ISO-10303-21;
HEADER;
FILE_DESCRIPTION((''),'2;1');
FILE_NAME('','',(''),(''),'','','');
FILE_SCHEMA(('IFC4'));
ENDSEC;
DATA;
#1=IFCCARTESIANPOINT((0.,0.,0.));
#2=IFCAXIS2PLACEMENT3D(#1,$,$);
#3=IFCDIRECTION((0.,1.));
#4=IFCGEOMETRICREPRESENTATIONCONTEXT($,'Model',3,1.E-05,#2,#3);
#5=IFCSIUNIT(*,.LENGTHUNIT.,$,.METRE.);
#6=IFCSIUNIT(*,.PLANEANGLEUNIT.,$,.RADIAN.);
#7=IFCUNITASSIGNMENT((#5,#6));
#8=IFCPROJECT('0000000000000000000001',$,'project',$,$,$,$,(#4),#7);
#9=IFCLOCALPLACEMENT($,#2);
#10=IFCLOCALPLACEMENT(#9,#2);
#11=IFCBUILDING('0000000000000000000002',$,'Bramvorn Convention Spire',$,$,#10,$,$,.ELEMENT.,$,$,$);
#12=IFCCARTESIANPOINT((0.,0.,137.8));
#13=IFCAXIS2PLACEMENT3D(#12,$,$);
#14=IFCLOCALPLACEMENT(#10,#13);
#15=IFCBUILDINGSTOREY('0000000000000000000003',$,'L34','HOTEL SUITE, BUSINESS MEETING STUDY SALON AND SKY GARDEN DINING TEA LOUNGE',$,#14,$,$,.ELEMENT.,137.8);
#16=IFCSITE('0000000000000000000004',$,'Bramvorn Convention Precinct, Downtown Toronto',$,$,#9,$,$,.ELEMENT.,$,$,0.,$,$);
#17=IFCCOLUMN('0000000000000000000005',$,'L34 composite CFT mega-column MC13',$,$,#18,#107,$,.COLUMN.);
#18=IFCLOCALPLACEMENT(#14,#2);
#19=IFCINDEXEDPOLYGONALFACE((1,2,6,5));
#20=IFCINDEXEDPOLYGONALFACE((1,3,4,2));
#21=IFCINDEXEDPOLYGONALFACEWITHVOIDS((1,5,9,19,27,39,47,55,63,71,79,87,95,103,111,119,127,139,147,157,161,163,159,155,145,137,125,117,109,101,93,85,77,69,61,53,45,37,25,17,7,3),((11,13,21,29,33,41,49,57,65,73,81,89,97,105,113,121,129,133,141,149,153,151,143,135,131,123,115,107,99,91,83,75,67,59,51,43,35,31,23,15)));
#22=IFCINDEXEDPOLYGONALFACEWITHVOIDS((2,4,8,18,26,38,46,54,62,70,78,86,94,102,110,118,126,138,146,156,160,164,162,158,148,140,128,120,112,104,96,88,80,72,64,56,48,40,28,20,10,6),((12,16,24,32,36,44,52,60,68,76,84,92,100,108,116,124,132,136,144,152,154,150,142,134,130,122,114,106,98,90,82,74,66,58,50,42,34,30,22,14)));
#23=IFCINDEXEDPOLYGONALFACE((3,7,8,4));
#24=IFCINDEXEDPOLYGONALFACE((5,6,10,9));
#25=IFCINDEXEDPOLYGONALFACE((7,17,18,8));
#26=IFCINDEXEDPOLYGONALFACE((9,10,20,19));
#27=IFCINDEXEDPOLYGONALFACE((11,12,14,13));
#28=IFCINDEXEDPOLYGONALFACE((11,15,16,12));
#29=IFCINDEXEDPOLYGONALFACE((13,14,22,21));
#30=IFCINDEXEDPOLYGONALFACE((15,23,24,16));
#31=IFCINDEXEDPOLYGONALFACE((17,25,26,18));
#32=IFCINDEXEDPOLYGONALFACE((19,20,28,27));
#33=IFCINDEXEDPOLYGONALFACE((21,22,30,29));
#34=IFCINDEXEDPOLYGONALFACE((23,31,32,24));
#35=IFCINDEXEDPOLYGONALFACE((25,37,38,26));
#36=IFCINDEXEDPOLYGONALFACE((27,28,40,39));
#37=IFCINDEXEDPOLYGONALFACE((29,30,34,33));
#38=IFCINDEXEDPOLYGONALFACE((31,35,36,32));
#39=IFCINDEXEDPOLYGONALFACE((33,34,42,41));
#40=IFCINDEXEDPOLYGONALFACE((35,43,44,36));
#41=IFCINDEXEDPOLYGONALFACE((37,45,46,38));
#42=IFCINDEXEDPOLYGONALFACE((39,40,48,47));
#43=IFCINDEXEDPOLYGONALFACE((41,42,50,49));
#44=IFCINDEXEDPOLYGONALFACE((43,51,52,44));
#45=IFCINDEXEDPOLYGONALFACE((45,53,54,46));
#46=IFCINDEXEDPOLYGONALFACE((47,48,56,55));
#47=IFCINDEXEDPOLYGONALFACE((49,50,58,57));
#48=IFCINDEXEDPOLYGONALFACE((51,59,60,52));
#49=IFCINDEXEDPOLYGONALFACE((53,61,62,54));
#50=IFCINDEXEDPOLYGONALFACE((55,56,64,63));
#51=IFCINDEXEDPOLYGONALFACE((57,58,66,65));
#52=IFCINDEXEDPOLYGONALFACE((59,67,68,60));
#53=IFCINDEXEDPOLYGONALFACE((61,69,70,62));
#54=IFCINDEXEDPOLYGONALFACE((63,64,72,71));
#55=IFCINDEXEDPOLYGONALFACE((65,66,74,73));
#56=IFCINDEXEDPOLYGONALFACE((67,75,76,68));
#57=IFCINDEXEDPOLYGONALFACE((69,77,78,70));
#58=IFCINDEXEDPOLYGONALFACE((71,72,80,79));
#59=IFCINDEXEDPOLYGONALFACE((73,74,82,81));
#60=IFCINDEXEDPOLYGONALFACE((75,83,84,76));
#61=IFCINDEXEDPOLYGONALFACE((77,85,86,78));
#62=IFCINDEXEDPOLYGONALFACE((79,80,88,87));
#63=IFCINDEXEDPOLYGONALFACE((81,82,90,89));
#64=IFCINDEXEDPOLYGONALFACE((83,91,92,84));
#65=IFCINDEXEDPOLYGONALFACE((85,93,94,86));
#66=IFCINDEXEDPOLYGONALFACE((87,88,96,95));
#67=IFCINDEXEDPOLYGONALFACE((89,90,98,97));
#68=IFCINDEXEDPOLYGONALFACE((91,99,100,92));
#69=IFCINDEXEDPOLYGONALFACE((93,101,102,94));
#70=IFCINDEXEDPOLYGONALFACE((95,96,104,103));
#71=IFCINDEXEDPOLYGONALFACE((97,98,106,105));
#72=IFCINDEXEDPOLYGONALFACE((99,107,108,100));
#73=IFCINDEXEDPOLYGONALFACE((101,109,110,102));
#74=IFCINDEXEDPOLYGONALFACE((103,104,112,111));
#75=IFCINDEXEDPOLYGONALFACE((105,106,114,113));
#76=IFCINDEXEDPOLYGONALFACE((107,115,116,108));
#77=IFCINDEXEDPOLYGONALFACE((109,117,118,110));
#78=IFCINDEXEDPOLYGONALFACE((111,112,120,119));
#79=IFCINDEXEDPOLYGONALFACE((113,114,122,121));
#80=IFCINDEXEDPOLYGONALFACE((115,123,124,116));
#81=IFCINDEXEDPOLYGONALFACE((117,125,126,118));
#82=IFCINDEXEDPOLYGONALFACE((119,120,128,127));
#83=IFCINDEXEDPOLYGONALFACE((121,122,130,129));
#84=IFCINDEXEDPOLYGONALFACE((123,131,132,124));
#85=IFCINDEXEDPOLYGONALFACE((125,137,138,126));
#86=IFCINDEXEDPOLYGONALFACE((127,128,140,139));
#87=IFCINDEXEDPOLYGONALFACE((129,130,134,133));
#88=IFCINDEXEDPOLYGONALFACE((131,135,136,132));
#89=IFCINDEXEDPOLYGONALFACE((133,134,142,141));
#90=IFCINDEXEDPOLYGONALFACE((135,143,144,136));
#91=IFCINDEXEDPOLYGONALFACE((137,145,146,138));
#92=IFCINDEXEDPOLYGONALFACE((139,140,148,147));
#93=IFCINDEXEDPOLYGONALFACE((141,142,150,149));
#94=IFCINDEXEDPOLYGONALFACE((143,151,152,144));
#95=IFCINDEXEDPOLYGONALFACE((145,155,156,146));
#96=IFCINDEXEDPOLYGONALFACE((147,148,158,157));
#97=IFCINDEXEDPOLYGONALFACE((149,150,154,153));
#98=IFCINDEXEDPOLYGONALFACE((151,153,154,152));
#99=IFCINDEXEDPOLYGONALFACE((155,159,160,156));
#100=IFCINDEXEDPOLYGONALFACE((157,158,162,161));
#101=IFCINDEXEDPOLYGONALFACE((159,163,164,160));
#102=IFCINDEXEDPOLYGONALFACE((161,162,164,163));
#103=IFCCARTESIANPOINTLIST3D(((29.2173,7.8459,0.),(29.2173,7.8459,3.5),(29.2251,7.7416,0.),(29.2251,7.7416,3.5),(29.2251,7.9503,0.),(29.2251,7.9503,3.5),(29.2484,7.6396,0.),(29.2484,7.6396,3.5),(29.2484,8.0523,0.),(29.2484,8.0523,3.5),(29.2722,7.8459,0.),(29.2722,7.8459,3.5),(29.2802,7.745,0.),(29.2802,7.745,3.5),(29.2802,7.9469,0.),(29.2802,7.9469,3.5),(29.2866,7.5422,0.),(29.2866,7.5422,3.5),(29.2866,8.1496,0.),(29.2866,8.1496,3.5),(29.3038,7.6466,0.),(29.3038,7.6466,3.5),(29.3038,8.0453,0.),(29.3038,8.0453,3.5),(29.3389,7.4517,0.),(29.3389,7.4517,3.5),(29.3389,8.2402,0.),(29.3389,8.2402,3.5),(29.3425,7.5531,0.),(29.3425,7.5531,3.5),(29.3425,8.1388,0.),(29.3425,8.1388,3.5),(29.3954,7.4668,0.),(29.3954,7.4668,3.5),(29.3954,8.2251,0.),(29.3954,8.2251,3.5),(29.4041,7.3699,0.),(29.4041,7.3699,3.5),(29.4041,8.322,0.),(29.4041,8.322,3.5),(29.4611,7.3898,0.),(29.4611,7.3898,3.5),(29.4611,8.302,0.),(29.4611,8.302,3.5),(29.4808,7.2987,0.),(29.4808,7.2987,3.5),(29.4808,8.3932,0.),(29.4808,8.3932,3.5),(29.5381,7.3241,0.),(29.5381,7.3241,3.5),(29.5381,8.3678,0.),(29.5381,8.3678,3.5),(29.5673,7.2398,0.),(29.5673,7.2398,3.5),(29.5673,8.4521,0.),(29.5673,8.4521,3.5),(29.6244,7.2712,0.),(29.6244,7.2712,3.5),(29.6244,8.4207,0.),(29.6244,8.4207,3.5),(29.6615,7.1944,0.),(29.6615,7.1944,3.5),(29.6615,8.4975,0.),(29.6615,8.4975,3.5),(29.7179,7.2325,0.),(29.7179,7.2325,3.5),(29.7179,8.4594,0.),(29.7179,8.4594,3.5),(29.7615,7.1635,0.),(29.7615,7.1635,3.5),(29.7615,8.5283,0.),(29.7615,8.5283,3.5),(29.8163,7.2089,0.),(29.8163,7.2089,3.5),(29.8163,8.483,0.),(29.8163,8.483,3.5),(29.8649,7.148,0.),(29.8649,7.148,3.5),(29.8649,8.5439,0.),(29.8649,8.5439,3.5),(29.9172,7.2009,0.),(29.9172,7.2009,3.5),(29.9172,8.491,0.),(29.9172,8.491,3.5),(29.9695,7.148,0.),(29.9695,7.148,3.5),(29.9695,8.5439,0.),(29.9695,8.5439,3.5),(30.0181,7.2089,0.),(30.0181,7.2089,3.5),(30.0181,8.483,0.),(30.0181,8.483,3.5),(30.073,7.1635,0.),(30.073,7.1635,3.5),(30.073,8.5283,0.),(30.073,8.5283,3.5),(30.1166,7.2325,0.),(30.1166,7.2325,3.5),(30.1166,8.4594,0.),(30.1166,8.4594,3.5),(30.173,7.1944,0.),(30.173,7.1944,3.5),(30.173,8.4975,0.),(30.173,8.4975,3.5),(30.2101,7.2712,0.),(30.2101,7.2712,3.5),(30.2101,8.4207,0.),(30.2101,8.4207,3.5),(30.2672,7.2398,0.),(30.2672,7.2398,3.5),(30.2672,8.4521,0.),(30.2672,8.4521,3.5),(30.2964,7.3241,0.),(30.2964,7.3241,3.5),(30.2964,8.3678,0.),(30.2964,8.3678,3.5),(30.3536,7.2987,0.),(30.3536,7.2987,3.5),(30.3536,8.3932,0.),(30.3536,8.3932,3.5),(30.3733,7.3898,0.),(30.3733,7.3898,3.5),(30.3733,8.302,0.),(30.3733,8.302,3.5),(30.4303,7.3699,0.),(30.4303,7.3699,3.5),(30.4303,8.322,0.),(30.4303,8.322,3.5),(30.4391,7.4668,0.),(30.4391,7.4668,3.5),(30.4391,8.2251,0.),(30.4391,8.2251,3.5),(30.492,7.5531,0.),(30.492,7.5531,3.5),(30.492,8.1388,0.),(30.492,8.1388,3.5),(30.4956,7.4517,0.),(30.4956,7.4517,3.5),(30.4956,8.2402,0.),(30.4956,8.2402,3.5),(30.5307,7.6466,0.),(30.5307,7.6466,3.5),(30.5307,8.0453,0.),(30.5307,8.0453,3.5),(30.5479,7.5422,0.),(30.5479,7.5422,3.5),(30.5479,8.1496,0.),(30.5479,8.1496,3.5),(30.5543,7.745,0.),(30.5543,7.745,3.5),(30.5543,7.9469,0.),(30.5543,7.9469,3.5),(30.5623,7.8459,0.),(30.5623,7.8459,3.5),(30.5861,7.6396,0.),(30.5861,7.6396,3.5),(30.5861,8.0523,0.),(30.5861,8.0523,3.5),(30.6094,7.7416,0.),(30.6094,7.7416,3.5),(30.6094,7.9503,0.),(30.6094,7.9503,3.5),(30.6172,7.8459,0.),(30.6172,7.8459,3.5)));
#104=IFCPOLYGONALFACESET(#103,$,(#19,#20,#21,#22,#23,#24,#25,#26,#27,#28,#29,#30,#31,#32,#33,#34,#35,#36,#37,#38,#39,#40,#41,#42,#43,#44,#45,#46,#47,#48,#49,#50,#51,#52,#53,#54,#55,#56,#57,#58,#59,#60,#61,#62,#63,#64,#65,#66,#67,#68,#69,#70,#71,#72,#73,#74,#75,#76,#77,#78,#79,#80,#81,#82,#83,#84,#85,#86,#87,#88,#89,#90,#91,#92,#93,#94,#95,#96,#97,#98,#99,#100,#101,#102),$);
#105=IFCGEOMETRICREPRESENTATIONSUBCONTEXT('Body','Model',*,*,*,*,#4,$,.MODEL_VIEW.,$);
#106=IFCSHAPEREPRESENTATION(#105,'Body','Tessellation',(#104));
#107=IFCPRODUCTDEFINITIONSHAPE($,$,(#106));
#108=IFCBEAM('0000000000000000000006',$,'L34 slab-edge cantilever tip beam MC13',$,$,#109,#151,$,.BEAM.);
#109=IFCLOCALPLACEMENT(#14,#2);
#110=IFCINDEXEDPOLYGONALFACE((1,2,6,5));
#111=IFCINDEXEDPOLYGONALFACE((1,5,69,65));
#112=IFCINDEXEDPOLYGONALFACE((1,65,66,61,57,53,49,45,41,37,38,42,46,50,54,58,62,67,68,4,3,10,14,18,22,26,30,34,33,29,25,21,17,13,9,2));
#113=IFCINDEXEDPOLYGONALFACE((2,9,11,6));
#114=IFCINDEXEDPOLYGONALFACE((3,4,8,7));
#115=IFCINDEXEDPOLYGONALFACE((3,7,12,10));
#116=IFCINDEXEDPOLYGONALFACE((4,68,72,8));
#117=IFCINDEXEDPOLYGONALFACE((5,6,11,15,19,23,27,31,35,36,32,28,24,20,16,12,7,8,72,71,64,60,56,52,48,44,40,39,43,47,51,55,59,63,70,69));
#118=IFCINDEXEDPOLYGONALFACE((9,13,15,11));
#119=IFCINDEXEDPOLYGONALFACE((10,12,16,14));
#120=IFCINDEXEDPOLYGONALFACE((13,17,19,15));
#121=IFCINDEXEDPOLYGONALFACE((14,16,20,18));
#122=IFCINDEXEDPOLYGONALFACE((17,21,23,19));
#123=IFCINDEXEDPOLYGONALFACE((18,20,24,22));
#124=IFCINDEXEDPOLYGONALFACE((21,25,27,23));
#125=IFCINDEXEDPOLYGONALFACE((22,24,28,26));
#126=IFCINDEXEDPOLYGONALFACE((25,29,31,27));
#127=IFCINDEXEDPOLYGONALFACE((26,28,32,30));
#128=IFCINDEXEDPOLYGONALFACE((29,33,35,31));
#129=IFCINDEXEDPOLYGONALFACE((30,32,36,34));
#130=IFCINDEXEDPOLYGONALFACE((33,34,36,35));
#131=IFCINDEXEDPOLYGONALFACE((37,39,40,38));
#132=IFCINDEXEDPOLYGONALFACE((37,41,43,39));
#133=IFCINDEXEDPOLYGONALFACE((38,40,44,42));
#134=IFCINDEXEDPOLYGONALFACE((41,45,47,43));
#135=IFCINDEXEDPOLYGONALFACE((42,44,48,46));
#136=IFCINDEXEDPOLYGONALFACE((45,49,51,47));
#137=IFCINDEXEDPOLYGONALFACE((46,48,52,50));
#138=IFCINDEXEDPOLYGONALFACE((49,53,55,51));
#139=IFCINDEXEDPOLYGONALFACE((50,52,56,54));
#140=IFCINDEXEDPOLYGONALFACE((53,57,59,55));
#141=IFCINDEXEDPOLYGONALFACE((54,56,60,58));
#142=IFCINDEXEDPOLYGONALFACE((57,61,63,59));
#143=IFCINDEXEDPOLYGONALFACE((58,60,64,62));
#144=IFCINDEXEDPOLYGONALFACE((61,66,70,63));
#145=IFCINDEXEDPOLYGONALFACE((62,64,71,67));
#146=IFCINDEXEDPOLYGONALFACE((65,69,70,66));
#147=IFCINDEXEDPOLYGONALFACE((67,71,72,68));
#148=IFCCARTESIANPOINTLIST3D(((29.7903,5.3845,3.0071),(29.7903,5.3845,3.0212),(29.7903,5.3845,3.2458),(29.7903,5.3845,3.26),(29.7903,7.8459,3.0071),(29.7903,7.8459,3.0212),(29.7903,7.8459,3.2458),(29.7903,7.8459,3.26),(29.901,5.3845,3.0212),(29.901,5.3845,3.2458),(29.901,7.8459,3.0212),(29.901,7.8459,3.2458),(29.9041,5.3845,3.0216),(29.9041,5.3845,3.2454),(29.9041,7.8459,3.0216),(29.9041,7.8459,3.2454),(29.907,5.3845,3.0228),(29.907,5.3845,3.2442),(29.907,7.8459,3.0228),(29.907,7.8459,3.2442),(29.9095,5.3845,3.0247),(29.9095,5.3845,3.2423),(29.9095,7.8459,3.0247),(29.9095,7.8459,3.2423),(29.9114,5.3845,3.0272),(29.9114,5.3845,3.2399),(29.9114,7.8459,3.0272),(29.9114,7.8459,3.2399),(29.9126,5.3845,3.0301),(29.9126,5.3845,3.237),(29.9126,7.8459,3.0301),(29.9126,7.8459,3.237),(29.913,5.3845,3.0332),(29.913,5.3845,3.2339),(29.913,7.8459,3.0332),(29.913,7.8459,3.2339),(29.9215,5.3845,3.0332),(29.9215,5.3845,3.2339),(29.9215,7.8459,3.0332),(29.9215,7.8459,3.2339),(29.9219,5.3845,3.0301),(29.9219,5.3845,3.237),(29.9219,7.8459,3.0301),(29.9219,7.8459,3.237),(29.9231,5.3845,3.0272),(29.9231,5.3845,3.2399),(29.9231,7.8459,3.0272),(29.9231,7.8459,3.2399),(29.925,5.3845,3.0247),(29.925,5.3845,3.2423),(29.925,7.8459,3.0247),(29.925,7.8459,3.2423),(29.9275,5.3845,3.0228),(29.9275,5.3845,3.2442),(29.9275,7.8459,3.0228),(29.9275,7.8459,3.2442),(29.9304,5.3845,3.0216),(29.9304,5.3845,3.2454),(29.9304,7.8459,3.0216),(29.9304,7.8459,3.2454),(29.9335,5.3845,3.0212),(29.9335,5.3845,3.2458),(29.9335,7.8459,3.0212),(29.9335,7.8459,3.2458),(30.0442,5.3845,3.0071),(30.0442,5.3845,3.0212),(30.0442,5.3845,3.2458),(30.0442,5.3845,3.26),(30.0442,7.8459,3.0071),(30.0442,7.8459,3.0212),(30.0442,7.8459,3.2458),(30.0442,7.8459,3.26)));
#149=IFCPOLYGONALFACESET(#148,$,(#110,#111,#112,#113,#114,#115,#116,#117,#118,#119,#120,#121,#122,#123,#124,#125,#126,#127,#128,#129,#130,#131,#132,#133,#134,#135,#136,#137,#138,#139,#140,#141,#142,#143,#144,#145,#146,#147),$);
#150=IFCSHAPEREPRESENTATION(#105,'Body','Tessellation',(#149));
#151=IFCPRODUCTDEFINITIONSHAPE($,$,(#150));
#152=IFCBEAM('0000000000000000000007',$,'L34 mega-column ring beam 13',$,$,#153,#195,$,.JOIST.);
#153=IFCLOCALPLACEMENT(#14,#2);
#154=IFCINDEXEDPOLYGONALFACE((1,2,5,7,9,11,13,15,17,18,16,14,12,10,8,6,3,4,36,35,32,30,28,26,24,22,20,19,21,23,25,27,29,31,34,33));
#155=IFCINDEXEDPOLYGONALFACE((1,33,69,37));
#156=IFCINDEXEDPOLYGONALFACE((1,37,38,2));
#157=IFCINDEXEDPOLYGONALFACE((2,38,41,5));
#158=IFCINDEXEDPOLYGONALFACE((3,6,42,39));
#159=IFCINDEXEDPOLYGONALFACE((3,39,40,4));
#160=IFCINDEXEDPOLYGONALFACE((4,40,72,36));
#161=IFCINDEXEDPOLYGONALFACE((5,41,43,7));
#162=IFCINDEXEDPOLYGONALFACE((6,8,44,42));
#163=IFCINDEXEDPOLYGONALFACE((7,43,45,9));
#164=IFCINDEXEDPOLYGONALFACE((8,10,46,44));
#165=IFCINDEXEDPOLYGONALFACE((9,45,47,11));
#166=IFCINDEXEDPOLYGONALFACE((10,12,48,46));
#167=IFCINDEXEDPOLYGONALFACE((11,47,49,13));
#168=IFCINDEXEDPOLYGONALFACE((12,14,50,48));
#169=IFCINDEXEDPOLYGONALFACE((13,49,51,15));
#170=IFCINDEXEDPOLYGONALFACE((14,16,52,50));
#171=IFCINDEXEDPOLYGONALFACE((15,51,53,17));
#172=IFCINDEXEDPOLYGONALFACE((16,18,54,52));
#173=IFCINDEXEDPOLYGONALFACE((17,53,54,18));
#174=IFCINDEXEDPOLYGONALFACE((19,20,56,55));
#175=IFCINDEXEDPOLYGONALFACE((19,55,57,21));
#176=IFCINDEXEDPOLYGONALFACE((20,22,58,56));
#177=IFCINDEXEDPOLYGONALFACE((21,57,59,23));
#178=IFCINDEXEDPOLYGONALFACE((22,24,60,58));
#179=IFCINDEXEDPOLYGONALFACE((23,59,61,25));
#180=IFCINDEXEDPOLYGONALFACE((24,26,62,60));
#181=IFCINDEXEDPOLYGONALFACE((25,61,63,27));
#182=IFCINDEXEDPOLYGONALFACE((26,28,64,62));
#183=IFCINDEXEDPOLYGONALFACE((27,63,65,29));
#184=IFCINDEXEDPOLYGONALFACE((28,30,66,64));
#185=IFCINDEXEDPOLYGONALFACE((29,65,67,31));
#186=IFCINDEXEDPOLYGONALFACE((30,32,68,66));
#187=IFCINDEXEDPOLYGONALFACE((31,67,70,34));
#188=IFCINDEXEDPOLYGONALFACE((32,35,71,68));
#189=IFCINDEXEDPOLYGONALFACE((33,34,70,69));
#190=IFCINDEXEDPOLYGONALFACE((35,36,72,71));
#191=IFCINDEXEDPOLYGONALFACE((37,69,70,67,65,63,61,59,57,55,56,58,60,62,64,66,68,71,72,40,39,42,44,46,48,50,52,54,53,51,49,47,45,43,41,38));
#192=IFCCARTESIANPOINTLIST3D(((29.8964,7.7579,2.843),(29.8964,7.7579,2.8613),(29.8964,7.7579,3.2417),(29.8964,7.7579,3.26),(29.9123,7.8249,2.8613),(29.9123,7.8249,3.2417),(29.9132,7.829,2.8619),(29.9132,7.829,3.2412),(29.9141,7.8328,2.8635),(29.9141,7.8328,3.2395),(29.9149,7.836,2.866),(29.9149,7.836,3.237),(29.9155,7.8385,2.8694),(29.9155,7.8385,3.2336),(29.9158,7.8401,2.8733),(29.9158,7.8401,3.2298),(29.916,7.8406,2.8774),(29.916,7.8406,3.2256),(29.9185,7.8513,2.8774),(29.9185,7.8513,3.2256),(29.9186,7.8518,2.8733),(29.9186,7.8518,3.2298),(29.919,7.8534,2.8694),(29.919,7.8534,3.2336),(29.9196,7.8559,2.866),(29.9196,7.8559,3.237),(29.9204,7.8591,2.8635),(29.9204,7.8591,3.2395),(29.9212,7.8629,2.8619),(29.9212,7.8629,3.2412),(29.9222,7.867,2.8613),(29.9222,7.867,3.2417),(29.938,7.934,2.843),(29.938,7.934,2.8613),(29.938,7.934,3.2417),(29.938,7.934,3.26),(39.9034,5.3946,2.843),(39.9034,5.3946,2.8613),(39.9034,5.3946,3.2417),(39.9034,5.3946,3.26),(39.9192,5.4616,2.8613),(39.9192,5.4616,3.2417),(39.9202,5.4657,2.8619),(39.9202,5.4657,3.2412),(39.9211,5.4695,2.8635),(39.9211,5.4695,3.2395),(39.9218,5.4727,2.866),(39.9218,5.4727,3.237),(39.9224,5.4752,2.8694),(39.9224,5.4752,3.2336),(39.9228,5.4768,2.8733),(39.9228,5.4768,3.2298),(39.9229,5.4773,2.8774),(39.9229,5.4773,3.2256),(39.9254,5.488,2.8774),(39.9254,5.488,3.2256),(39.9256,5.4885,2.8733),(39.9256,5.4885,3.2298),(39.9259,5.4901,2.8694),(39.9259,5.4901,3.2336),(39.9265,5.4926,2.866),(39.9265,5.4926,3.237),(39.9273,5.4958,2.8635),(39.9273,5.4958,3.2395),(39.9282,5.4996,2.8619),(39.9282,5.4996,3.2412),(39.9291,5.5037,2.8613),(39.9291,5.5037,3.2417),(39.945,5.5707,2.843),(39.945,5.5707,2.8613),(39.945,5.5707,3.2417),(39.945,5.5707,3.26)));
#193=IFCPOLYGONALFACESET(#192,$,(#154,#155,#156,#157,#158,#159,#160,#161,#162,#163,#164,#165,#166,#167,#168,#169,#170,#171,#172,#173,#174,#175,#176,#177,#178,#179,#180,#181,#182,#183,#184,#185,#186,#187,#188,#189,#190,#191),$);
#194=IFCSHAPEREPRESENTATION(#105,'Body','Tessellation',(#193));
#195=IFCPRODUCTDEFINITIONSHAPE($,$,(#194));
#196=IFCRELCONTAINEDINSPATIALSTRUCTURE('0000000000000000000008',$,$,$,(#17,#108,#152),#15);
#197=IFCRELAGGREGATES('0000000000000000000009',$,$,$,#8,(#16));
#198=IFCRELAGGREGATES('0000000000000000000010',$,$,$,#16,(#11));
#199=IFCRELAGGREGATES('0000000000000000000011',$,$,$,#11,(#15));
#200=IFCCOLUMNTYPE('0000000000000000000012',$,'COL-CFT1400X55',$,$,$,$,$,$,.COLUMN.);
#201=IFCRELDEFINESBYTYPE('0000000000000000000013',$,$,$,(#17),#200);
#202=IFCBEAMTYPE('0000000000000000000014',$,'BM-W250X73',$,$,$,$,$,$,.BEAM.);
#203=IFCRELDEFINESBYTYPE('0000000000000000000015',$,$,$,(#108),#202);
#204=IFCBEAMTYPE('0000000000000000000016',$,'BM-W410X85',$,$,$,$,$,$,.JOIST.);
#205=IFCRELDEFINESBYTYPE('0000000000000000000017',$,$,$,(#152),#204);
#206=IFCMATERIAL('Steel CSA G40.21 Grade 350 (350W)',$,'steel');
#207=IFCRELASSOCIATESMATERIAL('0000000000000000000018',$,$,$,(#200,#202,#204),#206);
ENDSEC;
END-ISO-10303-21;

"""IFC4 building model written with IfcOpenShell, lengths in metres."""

from ifc_helpers import new_model, si_unit, direction, frame, origin, origin_2d, place, context, subcontext, project, spatial, hollow_circle, i_section, extrude, material, material_profile, profile_set, type_object, element, save


model = new_model("IFC4")

# Units and contexts
model_context = context("Model", 3, precision=1e-05, world=origin(), true_north=direction((0.0, 1.0)))
body_context = subcontext(model_context, "Body", "Model", "MODEL_VIEW")
ifc_project = project(units=[si_unit("LENGTHUNIT", "METRE"), si_unit("PLANEANGLEUNIT", "RADIAN")], contexts=[model_context])

# Site, building, storey
site_placement = place(None, origin())
site = spatial("IfcSite", under=ifc_project, at=site_placement, Name="Bramvorn Convention Precinct, Downtown Toronto", CompositionType="ELEMENT", RefElevation=0.0)
building_placement = place(site_placement, origin())
building = spatial("IfcBuilding", under=site, at=building_placement, Name="Bramvorn Convention Spire", CompositionType="ELEMENT")
storey_placement = place(building_placement, frame((0.0, 0.0, 137.8)))
storey = spatial("IfcBuildingStorey", under=building, at=storey_placement, Name="L34", Description="HOTEL SUITE, BUSINESS MEETING STUDY SALON AND SKY GARDEN DINING TEA LOUNGE", CompositionType="ELEMENT", Elevation=137.8)

# Column
ifc_material_1 = material(Name="Steel CSA G40.21 Grade 350 (350W)", Category="steel")
ifc_material_profile_1 = material_profile(ifc_material_1, hollow_circle(Radius=0.7, WallThickness=0.0549, at=origin_2d()))
ifc_profile_set_1 = profile_set([ifc_material_profile_1], Name="Steel CSA G40.21 Grade 350 (350W) - CFT1400X55")
column_type = type_object("IfcColumnType", Name="COL-CFT1400X55", PredefinedType="COLUMN", material=ifc_profile_set_1)
column_placement = place(storey_placement, frame((29.9172, 7.8459, 0.0), z_axis=(0.0, 0.0, 1.0), x_axis=(1.0, 0.0, 0.0)))
element("IfcColumn", 1, at=column_placement, inside=storey, type_object=column_type, Name="L34 composite CFT mega-column MC13", PredefinedType="COLUMN", context=body_context, shape_type="SweptSolid", body=[
    extrude(hollow_circle(Radius=0.7, WallThickness=0.0549, at=origin_2d()), origin(), (0.0, 0.0, 1.0), 3.5),
])

# Beams
ifc_material_profile_2 = material_profile(ifc_material_1, i_section(OverallWidth=0.2539, OverallDepth=0.2529, WebThickness=0.0085, FlangeThickness=0.0142, FilletRadius=0.012, at=origin_2d()))
ifc_profile_set_2 = profile_set([ifc_material_profile_2], Name="Steel CSA G40.21 Grade 350 (350W) - W250X73")
beam_type_1 = type_object("IfcBeamType", Name="BM-W250X73", PredefinedType="BEAM", material=ifc_profile_set_2)
beam_1_placement = place(storey_placement, frame((29.9172, 7.8459, 3.1335), z_axis=(0.0, -1.0, 0.0), x_axis=(1.0, 0.0, 0.0)))
element("IfcBeam", 2, at=beam_1_placement, inside=storey, type_object=beam_type_1, Name="L34 slab-edge cantilever tip beam MC13", PredefinedType="BEAM", context=body_context, shape_type="SweptSolid", body=[
    extrude(i_section(OverallWidth=0.2539, OverallDepth=0.2529, WebThickness=0.0085, FlangeThickness=0.0142, FilletRadius=0.012, at=origin_2d()), origin(), (0.0, 0.0, 1.0), 2.4614),
])
ifc_material_profile_3 = material_profile(ifc_material_1, i_section(OverallWidth=0.1809, OverallDepth=0.417, WebThickness=0.011, FlangeThickness=0.0183, FilletRadius=0.0161, at=origin_2d()))
ifc_profile_set_3 = profile_set([ifc_material_profile_3], Name="Steel CSA G40.21 Grade 350 (350W) - W410X85")
beam_type_2 = type_object("IfcBeamType", Name="BM-W410X85", PredefinedType="JOIST", material=ifc_profile_set_3)
beam_2_placement = place(storey_placement, frame((29.9172, 7.8459, 3.0515), z_axis=(0.973228, -0.229844, 0.0), x_axis=(0.229844, 0.973228, 0.0)))
element("IfcBeam", 3, at=beam_2_placement, inside=storey, type_object=beam_type_2, Name="L34 mega-column ring beam 13", PredefinedType="JOIST", context=body_context, shape_type="SweptSolid", body=[
    extrude(i_section(OverallWidth=0.1809, OverallDepth=0.417, WebThickness=0.011, FlangeThickness=0.0183, FilletRadius=0.0161, at=origin_2d()), origin(), (0.0, 0.0, 1.0), 10.2822),
])

save(model, "model.ifc")
